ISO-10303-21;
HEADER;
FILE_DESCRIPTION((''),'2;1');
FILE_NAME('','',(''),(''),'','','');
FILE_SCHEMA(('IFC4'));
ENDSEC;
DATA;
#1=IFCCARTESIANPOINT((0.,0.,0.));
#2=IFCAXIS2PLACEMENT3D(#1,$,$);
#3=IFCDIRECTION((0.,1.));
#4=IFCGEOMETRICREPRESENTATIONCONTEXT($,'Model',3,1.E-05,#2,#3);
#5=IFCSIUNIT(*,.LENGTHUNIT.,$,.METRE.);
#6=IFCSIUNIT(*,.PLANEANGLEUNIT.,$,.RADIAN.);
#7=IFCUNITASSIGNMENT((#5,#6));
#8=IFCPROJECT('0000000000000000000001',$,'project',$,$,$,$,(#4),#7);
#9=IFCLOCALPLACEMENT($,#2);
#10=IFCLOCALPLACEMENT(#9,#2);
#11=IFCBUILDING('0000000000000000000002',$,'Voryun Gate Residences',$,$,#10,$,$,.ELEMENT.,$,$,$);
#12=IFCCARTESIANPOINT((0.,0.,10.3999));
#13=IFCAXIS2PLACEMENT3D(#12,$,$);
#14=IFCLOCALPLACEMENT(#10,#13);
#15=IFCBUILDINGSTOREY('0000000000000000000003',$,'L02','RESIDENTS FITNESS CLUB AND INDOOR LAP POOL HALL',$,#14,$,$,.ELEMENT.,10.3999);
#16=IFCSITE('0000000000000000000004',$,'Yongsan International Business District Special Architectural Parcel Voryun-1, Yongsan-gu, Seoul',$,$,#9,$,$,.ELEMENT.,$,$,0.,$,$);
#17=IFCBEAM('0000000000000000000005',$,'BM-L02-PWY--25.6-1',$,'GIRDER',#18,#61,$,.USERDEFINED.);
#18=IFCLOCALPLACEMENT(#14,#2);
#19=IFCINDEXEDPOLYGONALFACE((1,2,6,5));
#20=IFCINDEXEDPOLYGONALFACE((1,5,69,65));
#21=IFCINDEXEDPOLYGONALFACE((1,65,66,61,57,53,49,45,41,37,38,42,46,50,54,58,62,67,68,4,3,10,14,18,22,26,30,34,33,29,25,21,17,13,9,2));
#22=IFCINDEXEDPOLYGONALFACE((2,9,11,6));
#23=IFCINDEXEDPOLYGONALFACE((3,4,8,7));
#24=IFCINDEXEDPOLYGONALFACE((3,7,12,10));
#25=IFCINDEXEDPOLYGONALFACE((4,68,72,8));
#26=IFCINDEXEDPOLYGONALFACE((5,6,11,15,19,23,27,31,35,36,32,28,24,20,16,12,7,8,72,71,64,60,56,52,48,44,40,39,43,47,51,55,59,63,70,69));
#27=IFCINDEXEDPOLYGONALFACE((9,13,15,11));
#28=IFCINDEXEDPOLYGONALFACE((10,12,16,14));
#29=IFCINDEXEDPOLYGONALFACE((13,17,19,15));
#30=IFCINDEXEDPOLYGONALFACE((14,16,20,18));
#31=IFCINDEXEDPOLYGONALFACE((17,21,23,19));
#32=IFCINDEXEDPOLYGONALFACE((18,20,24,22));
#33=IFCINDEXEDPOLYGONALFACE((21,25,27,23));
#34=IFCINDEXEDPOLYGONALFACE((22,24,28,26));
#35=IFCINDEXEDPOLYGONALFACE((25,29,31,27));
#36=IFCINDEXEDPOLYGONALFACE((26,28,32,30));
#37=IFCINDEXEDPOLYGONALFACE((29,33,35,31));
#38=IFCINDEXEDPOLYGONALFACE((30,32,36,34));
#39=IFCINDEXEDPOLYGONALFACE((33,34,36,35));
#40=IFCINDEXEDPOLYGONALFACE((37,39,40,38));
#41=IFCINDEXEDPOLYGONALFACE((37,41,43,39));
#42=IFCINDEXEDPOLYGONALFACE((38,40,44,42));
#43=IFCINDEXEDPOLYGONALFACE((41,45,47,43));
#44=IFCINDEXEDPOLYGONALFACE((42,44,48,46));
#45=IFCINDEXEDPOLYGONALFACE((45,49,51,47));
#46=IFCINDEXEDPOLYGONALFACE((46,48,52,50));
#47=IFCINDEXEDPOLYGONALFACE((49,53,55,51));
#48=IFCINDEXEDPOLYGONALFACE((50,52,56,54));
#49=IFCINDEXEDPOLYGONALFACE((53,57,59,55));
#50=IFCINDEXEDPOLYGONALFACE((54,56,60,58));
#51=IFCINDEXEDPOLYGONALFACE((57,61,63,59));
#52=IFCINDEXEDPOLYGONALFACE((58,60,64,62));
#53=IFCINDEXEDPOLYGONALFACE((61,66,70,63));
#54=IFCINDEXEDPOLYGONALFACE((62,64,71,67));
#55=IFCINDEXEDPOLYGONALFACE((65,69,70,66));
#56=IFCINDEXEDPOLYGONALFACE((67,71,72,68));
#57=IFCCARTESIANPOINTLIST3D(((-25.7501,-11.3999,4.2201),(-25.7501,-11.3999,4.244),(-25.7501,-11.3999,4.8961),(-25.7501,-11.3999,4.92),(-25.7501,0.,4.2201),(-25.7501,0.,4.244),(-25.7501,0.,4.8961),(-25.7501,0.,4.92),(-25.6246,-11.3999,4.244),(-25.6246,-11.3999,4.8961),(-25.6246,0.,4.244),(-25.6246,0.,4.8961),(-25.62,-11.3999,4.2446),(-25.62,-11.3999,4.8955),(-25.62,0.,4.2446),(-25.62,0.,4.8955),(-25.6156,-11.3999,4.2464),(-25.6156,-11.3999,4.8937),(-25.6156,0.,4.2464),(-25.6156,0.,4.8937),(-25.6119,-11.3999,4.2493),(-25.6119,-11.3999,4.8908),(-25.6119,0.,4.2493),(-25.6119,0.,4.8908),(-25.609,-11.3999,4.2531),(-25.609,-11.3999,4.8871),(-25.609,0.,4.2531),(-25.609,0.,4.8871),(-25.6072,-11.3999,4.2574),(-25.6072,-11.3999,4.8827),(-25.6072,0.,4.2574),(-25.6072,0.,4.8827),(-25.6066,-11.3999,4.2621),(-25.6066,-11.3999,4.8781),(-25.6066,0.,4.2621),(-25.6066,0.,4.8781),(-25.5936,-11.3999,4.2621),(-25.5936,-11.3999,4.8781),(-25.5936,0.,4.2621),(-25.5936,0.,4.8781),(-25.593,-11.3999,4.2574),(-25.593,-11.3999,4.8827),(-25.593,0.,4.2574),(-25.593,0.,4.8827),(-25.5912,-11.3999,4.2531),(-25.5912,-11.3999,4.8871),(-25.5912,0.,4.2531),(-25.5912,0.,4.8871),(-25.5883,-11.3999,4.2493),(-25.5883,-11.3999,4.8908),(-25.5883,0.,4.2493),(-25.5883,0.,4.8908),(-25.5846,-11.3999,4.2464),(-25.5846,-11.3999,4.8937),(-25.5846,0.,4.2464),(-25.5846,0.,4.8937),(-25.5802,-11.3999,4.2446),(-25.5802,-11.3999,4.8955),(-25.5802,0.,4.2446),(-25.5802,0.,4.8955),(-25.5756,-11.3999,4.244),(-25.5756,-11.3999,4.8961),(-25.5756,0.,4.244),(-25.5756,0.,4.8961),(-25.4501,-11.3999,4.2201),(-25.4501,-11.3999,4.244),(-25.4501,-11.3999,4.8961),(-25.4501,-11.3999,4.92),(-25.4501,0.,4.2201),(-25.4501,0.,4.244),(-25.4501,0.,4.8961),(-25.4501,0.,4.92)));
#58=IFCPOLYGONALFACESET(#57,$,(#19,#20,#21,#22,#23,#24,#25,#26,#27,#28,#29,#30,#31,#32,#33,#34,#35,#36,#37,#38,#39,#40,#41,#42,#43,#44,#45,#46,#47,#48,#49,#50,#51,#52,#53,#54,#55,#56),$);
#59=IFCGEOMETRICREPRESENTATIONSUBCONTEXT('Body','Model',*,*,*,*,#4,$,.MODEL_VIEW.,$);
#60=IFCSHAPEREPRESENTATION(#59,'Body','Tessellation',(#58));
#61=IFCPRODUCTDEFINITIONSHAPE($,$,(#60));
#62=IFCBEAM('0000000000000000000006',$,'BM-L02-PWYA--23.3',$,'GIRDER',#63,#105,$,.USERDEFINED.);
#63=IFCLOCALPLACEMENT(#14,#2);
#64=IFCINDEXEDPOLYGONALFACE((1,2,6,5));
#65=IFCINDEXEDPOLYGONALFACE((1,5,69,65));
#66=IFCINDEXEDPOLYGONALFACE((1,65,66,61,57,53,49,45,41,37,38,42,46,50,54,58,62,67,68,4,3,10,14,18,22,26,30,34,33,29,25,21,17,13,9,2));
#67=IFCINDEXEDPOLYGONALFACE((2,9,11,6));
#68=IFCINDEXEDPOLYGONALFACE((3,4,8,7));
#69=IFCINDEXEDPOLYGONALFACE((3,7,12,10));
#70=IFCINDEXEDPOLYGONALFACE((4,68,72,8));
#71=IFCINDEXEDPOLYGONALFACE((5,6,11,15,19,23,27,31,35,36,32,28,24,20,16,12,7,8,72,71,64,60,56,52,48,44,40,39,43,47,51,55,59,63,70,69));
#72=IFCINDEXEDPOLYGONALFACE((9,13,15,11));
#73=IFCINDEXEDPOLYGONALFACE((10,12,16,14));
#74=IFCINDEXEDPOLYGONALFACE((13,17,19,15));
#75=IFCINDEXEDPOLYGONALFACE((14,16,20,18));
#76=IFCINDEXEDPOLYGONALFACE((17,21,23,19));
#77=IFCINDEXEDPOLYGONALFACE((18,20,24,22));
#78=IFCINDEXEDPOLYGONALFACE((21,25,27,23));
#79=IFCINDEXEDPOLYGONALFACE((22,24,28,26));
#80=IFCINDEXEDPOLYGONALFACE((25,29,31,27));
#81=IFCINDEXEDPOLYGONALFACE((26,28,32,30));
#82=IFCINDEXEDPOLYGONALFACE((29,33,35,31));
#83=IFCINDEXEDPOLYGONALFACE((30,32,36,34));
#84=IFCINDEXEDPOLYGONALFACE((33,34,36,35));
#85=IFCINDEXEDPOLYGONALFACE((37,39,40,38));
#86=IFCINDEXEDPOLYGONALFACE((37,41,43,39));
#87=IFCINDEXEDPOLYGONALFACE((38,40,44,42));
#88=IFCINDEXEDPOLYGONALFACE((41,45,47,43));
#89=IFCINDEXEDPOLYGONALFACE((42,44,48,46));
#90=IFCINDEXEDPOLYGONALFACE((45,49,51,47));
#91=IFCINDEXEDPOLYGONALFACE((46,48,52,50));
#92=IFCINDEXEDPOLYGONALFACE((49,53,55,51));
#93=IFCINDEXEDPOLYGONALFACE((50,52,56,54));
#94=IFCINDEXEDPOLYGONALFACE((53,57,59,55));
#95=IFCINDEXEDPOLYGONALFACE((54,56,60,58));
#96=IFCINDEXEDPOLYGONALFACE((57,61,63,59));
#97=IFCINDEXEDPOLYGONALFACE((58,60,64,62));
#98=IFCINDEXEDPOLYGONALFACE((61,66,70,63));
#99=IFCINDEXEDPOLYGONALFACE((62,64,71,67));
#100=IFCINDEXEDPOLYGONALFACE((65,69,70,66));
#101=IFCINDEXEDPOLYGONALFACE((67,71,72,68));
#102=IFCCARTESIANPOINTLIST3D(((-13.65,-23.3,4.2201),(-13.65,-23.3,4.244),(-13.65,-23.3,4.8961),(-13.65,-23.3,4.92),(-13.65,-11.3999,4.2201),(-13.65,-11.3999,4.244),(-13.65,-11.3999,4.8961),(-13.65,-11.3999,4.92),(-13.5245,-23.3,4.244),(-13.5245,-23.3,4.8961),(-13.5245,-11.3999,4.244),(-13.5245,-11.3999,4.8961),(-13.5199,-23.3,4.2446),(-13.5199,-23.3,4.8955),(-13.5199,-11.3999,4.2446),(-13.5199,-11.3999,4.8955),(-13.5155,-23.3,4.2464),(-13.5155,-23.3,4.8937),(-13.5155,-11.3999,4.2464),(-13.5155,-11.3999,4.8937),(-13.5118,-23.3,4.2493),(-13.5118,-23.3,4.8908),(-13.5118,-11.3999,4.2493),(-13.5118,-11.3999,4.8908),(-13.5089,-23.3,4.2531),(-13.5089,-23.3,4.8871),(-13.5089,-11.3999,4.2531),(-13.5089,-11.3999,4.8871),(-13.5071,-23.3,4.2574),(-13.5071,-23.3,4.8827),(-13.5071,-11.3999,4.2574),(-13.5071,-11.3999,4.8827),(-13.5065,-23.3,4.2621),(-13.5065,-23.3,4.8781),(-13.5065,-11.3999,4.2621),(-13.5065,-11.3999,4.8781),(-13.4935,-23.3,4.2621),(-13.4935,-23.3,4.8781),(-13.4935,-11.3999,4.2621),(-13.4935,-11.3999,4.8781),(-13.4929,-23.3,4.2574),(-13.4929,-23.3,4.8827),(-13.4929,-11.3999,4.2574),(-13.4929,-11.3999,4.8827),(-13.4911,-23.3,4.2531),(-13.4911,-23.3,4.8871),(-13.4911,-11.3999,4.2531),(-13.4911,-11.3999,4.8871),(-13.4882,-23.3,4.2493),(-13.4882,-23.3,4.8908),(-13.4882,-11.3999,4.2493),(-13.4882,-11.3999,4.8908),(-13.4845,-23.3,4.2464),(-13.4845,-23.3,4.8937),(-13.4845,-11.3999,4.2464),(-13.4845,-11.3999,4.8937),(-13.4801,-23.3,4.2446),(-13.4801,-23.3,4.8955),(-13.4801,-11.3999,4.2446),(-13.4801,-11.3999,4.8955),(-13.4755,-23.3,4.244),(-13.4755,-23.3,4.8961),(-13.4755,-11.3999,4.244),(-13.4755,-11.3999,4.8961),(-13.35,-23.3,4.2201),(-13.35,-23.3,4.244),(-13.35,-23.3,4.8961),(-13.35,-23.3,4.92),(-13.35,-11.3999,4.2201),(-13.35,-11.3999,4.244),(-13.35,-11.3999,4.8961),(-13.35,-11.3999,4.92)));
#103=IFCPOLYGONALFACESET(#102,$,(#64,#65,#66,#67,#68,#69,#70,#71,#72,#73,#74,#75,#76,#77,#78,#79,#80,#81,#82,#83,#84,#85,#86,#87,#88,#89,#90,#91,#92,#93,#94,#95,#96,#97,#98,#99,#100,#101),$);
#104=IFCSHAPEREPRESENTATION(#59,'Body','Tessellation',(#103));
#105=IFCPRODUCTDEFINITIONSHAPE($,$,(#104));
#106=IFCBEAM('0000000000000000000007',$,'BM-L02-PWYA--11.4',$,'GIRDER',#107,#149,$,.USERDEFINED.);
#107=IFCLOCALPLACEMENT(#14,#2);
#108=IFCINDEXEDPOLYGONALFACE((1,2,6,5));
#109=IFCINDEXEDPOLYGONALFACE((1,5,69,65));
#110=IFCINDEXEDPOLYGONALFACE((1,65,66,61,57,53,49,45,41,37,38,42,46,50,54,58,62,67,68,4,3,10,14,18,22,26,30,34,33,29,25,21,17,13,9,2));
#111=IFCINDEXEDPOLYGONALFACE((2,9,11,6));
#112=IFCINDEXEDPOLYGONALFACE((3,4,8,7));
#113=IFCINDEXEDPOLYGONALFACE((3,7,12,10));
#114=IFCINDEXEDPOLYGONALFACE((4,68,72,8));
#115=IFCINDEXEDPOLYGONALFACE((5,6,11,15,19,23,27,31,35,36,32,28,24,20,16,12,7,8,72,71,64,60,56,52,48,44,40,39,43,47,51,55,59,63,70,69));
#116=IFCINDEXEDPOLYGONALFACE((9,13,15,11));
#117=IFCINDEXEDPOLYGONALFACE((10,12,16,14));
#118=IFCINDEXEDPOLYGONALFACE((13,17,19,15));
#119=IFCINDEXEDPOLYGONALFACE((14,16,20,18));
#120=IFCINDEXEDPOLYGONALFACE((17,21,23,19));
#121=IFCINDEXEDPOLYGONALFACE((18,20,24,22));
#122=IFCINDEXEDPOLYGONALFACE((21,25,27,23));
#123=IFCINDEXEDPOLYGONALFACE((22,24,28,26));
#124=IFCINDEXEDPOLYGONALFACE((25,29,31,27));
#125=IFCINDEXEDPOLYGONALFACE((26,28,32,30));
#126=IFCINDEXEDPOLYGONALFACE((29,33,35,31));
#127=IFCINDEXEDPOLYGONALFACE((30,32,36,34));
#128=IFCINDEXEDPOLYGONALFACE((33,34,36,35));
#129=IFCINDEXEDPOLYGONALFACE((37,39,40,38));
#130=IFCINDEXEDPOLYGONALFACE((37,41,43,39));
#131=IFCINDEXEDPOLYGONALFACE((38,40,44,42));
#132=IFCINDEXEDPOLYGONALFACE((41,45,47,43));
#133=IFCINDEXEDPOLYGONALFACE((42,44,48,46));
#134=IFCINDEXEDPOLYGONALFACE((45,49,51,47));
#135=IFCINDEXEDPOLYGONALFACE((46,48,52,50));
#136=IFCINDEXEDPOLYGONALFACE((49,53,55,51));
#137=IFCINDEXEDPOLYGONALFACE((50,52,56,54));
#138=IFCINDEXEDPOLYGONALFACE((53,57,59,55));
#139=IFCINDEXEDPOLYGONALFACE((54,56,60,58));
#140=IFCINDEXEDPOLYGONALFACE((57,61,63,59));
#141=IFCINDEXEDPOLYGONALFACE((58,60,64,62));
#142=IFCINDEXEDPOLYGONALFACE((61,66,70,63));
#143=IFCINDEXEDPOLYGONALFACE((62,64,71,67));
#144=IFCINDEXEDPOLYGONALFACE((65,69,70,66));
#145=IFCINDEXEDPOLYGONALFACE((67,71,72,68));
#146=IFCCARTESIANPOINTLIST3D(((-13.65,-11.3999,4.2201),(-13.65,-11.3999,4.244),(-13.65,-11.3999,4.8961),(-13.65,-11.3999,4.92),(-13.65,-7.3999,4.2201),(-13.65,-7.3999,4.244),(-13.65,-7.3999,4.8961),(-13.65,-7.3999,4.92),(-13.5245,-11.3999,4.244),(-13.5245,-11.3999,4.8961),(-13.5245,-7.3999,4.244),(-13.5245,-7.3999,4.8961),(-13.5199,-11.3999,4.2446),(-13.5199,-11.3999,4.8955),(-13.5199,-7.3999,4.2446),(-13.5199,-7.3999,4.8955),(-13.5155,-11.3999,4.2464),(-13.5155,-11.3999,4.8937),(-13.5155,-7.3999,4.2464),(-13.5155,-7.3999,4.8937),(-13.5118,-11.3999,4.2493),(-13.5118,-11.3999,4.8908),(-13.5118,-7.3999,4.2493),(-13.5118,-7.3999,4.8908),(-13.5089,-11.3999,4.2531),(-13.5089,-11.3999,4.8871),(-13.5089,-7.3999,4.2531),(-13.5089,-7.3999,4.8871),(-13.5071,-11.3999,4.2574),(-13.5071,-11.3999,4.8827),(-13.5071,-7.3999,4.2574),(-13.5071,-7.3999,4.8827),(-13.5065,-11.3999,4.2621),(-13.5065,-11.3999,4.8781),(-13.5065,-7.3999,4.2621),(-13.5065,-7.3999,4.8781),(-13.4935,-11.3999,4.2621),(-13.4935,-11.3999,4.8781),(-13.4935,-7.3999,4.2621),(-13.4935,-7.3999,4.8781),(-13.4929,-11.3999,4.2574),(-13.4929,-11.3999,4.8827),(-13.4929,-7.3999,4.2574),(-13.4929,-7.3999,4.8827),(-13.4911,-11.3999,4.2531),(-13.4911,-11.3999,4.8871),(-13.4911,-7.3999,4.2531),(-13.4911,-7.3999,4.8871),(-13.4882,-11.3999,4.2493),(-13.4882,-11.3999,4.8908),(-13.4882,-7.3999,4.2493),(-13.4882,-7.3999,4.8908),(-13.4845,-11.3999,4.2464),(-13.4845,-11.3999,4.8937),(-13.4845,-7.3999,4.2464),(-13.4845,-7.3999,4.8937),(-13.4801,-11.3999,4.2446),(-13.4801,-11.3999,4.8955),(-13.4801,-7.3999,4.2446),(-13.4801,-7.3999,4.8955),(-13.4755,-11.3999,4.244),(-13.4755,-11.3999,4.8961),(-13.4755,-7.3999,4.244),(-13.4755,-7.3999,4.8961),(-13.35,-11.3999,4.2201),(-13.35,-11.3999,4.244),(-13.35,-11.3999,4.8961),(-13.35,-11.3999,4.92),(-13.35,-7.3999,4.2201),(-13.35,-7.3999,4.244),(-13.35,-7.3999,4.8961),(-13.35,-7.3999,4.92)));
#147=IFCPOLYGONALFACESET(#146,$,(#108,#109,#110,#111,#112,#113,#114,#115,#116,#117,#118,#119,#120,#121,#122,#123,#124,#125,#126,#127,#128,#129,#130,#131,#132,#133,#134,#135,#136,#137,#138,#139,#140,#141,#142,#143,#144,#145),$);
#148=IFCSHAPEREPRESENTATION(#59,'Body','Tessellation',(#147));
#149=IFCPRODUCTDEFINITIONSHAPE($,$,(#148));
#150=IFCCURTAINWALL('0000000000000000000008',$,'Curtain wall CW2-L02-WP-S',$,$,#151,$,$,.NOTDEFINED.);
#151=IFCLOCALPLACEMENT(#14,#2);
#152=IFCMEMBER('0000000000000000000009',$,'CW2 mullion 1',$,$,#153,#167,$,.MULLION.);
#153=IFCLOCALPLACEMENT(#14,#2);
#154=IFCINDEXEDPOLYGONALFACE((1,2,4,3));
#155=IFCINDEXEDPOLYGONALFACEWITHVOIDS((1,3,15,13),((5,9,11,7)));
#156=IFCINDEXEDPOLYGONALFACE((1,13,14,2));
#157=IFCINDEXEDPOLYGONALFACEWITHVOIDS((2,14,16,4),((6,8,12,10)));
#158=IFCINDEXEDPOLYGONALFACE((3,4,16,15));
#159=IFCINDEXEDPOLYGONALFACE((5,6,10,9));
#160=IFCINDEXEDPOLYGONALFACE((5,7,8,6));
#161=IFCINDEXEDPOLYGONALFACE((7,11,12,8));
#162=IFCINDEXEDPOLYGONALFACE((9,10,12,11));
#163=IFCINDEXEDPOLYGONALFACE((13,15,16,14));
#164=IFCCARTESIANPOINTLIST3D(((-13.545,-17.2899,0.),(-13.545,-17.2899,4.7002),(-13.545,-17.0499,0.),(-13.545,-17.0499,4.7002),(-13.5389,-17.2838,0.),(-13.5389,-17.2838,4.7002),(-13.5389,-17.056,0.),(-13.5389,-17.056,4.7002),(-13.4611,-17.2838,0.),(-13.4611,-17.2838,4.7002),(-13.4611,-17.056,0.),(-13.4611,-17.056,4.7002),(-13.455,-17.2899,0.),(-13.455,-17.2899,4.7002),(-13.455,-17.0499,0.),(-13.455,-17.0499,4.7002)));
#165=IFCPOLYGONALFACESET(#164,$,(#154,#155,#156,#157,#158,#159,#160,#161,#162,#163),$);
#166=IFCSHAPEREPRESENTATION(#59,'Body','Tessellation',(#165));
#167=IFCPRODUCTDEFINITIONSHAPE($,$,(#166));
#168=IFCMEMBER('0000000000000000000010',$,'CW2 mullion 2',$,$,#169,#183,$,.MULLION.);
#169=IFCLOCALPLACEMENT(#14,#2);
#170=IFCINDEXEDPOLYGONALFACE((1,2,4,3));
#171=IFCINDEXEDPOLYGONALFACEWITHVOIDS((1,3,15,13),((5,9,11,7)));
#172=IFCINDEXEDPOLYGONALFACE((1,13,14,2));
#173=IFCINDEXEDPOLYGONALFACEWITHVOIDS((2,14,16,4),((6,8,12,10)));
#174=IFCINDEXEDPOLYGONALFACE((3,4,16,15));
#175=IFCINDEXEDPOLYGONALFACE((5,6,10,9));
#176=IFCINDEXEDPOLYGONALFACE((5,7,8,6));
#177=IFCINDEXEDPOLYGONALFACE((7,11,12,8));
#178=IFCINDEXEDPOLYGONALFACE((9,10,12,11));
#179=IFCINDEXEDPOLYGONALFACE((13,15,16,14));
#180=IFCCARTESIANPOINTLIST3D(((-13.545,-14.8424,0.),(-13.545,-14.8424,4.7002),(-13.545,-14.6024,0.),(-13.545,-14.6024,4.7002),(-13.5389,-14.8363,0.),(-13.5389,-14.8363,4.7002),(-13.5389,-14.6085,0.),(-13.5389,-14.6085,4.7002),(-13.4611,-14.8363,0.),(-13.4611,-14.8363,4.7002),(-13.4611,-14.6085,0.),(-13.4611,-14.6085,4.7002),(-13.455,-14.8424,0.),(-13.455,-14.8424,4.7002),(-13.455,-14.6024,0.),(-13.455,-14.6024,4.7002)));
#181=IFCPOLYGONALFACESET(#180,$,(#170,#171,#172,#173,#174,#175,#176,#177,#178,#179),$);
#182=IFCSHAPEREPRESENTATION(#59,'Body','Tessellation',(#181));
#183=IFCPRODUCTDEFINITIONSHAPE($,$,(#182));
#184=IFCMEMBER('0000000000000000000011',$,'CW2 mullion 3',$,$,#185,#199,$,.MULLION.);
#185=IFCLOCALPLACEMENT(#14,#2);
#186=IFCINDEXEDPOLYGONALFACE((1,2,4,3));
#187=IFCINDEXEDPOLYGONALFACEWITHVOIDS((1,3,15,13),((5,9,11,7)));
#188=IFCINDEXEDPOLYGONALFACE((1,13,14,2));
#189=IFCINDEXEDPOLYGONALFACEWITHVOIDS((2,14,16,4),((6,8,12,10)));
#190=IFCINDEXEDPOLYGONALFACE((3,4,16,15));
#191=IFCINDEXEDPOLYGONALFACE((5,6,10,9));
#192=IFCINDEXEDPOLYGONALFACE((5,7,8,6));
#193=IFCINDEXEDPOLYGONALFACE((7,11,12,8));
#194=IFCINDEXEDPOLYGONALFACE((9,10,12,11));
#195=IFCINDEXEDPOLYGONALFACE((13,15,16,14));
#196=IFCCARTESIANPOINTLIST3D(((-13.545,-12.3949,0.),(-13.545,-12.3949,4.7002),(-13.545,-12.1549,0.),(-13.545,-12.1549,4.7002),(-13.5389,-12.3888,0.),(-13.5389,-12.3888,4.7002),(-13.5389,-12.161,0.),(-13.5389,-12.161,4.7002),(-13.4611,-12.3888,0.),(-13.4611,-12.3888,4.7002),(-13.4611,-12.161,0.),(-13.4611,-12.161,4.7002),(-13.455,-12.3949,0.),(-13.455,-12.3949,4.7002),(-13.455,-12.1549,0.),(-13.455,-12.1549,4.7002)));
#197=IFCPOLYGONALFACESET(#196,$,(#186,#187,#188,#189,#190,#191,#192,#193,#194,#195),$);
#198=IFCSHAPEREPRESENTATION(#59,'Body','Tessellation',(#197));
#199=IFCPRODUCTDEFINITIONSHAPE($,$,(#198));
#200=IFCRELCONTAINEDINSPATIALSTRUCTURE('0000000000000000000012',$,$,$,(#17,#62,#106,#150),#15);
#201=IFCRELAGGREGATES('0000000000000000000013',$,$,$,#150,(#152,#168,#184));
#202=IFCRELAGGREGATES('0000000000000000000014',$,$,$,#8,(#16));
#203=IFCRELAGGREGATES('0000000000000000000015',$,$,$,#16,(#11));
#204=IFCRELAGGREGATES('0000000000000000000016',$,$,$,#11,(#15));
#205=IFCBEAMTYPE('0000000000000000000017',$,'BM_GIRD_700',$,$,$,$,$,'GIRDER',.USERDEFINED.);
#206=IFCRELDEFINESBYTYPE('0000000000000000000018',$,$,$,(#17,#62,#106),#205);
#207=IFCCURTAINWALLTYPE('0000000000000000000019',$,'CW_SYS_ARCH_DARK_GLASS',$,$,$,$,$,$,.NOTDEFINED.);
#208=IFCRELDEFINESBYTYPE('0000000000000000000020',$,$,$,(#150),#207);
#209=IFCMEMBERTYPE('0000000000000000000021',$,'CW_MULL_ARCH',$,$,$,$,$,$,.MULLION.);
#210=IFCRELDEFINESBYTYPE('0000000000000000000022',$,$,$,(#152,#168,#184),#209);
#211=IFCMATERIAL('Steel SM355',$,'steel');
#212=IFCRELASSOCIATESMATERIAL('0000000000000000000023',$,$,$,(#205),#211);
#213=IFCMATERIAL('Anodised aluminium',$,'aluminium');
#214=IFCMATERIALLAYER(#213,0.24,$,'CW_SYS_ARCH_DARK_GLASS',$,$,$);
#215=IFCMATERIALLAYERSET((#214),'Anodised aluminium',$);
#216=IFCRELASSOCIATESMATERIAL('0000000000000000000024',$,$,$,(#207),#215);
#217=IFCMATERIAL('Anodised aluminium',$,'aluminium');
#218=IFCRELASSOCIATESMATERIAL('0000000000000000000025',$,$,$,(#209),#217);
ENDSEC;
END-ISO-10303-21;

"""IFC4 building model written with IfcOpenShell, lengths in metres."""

from ifc_helpers import new_model, si_unit, direction, frame, origin, origin_2d, place, context, subcontext, project, spatial, hollow_rectangle, i_section, extrude, material, layer, layer_set, material_profile, profile_set, type_object, element, aggregate, save


model = new_model("IFC4")

# Units and contexts
model_context = context("Model", 3, precision=1e-05, world=origin(), true_north=direction((0.0, 1.0)))
body_context = subcontext(model_context, "Body", "Model", "MODEL_VIEW")
ifc_project = project(units=[si_unit("LENGTHUNIT", "METRE"), si_unit("PLANEANGLEUNIT", "RADIAN")], contexts=[model_context])

# Site, building, storey
site_placement = place(None, origin())
site = spatial("IfcSite", under=ifc_project, at=site_placement, Name="Yongsan International Business District Special Architectural Parcel Voryun-1, Yongsan-gu, Seoul", CompositionType="ELEMENT", RefElevation=0.0)
building_placement = place(site_placement, origin())
building = spatial("IfcBuilding", under=site, at=building_placement, Name="Voryun Gate Residences", CompositionType="ELEMENT")
storey_placement = place(building_placement, frame((0.0, 0.0, 10.3999)))
storey = spatial("IfcBuildingStorey", under=building, at=storey_placement, Name="L02", Description="RESIDENTS FITNESS CLUB AND INDOOR LAP POOL HALL", CompositionType="ELEMENT", Elevation=10.3999)

# Beams
ifc_material_1 = material(Name="Steel SM355", Category="steel")
ifc_material_profile_1 = material_profile(ifc_material_1, i_section(OverallWidth=0.3, OverallDepth=0.7, WebThickness=0.0129, FlangeThickness=0.0239, FilletRadius=0.0181, at=origin_2d()), Name="H-700x300x13x24")
ifc_profile_set_1 = profile_set([ifc_material_profile_1], Name="Steel SM355")
beam_type = type_object("IfcBeamType", Name="BM_GIRD_700", ElementType="GIRDER", PredefinedType="USERDEFINED", material=ifc_profile_set_1)
beam_1_placement = place(storey_placement, frame((-25.6001, -11.3999, 4.5701), z_axis=(0.0, 1.0, 0.0), x_axis=(-1.0, 0.0, 0.0)))
element("IfcBeam", 1, at=beam_1_placement, inside=storey, type_object=beam_type, Name="BM-L02-PWY--25.6-1", ObjectType="GIRDER", PredefinedType="USERDEFINED", context=body_context, shape_type="SweptSolid", body=[
    extrude(i_section(OverallWidth=0.3, OverallDepth=0.7, WebThickness=0.0129, FlangeThickness=0.0239, FilletRadius=0.0181, at=origin_2d()), origin(), (0.0, 0.0, 1.0), 11.3999),
])
beam_2_placement = place(storey_placement, frame((-13.5, -23.3, 4.5701), z_axis=(0.0, 1.0, 0.0), x_axis=(-1.0, 0.0, 0.0)))
element("IfcBeam", 2, at=beam_2_placement, inside=storey, type_object=beam_type, Name="BM-L02-PWYA--23.3", ObjectType="GIRDER", PredefinedType="USERDEFINED", context=body_context, shape_type="SweptSolid", body=[
    extrude(i_section(OverallWidth=0.3, OverallDepth=0.7, WebThickness=0.0129, FlangeThickness=0.0239, FilletRadius=0.0181, at=origin_2d()), origin(), (0.0, 0.0, 1.0), 11.9001),
])
beam_3_placement = place(storey_placement, frame((-13.5, -11.3999, 4.5701), z_axis=(0.0, 1.0, 0.0), x_axis=(-1.0, 0.0, 0.0)))
element("IfcBeam", 3, at=beam_3_placement, inside=storey, type_object=beam_type, Name="BM-L02-PWYA--11.4", ObjectType="GIRDER", PredefinedType="USERDEFINED", context=body_context, shape_type="SweptSolid", body=[
    extrude(i_section(OverallWidth=0.3, OverallDepth=0.7, WebThickness=0.0129, FlangeThickness=0.0239, FilletRadius=0.0181, at=origin_2d()), origin(), (0.0, 0.0, 1.0), 4.0),
])

# Curtain wall, members
ifc_material_2 = material(Name="Anodised aluminium", Category="aluminium")
ifc_layer_1 = layer(ifc_material_2, 0.24, Name="CW_SYS_ARCH_DARK_GLASS")
ifc_layer_set_1 = layer_set([ifc_layer_1], Name="Anodised aluminium")
curtain_wall_type = type_object("IfcCurtainWallType", Name="CW_SYS_ARCH_DARK_GLASS", PredefinedType="NOTDEFINED", material=ifc_layer_set_1)
curtain_wall_1_placement = place(storey_placement, origin())
curtain_wall_1 = element("IfcCurtainWall", 4, at=curtain_wall_1_placement, inside=storey, type_object=curtain_wall_type, Name="Curtain wall CW2-L02-WP-S", PredefinedType="NOTDEFINED")
ifc_material_3 = material(Name="Anodised aluminium", Category="aluminium")
ifc_material_profile_2 = material_profile(ifc_material_3, hollow_rectangle(XDim=0.0901, YDim=0.24, WallThickness=0.0061, at=origin_2d()), Name="ALU-MULL-240x90x6")
ifc_profile_set_2 = profile_set([ifc_material_profile_2], Name="Anodised aluminium")
member_type_1 = type_object("IfcMemberType", Name="CW_MULL_ARCH", PredefinedType="MULLION", material=ifc_profile_set_2)
member_1_placement = place(storey_placement, frame((-13.5, -17.1699, 0.0), z_axis=(0.0, 0.0, 1.0), x_axis=(-1.0, 0.0, 0.0)))
member_1 = element("IfcMember", 5, at=member_1_placement, type_object=member_type_1, Name="CW2 mullion 1", PredefinedType="MULLION", context=body_context, shape_type="SweptSolid", body=[
    extrude(hollow_rectangle(XDim=0.0901, YDim=0.24, WallThickness=0.0061, at=origin_2d()), origin(), (0.0, 0.0, 1.0), 4.7002),
])
member_2_placement = place(storey_placement, frame((-13.5, -14.7224, 0.0), z_axis=(0.0, 0.0, 1.0), x_axis=(-1.0, 0.0, 0.0)))
member_2 = element("IfcMember", 6, at=member_2_placement, type_object=member_type_1, Name="CW2 mullion 2", PredefinedType="MULLION", context=body_context, shape_type="SweptSolid", body=[
    extrude(hollow_rectangle(XDim=0.0901, YDim=0.24, WallThickness=0.0061, at=origin_2d()), origin(), (0.0, 0.0, 1.0), 4.7002),
])
member_3_placement = place(storey_placement, frame((-13.5, -12.2749, 0.0), z_axis=(0.0, 0.0, 1.0), x_axis=(-1.0, 0.0, 0.0)))
member_3 = element("IfcMember", 7, at=member_3_placement, type_object=member_type_1, Name="CW2 mullion 3", PredefinedType="MULLION", context=body_context, shape_type="SweptSolid", body=[
    extrude(hollow_rectangle(XDim=0.0901, YDim=0.24, WallThickness=0.0061, at=origin_2d()), origin(), (0.0, 0.0, 1.0), 4.7002),
])

aggregate(curtain_wall_1, [member_1, member_2, member_3])

save(model, "model.ifc")
